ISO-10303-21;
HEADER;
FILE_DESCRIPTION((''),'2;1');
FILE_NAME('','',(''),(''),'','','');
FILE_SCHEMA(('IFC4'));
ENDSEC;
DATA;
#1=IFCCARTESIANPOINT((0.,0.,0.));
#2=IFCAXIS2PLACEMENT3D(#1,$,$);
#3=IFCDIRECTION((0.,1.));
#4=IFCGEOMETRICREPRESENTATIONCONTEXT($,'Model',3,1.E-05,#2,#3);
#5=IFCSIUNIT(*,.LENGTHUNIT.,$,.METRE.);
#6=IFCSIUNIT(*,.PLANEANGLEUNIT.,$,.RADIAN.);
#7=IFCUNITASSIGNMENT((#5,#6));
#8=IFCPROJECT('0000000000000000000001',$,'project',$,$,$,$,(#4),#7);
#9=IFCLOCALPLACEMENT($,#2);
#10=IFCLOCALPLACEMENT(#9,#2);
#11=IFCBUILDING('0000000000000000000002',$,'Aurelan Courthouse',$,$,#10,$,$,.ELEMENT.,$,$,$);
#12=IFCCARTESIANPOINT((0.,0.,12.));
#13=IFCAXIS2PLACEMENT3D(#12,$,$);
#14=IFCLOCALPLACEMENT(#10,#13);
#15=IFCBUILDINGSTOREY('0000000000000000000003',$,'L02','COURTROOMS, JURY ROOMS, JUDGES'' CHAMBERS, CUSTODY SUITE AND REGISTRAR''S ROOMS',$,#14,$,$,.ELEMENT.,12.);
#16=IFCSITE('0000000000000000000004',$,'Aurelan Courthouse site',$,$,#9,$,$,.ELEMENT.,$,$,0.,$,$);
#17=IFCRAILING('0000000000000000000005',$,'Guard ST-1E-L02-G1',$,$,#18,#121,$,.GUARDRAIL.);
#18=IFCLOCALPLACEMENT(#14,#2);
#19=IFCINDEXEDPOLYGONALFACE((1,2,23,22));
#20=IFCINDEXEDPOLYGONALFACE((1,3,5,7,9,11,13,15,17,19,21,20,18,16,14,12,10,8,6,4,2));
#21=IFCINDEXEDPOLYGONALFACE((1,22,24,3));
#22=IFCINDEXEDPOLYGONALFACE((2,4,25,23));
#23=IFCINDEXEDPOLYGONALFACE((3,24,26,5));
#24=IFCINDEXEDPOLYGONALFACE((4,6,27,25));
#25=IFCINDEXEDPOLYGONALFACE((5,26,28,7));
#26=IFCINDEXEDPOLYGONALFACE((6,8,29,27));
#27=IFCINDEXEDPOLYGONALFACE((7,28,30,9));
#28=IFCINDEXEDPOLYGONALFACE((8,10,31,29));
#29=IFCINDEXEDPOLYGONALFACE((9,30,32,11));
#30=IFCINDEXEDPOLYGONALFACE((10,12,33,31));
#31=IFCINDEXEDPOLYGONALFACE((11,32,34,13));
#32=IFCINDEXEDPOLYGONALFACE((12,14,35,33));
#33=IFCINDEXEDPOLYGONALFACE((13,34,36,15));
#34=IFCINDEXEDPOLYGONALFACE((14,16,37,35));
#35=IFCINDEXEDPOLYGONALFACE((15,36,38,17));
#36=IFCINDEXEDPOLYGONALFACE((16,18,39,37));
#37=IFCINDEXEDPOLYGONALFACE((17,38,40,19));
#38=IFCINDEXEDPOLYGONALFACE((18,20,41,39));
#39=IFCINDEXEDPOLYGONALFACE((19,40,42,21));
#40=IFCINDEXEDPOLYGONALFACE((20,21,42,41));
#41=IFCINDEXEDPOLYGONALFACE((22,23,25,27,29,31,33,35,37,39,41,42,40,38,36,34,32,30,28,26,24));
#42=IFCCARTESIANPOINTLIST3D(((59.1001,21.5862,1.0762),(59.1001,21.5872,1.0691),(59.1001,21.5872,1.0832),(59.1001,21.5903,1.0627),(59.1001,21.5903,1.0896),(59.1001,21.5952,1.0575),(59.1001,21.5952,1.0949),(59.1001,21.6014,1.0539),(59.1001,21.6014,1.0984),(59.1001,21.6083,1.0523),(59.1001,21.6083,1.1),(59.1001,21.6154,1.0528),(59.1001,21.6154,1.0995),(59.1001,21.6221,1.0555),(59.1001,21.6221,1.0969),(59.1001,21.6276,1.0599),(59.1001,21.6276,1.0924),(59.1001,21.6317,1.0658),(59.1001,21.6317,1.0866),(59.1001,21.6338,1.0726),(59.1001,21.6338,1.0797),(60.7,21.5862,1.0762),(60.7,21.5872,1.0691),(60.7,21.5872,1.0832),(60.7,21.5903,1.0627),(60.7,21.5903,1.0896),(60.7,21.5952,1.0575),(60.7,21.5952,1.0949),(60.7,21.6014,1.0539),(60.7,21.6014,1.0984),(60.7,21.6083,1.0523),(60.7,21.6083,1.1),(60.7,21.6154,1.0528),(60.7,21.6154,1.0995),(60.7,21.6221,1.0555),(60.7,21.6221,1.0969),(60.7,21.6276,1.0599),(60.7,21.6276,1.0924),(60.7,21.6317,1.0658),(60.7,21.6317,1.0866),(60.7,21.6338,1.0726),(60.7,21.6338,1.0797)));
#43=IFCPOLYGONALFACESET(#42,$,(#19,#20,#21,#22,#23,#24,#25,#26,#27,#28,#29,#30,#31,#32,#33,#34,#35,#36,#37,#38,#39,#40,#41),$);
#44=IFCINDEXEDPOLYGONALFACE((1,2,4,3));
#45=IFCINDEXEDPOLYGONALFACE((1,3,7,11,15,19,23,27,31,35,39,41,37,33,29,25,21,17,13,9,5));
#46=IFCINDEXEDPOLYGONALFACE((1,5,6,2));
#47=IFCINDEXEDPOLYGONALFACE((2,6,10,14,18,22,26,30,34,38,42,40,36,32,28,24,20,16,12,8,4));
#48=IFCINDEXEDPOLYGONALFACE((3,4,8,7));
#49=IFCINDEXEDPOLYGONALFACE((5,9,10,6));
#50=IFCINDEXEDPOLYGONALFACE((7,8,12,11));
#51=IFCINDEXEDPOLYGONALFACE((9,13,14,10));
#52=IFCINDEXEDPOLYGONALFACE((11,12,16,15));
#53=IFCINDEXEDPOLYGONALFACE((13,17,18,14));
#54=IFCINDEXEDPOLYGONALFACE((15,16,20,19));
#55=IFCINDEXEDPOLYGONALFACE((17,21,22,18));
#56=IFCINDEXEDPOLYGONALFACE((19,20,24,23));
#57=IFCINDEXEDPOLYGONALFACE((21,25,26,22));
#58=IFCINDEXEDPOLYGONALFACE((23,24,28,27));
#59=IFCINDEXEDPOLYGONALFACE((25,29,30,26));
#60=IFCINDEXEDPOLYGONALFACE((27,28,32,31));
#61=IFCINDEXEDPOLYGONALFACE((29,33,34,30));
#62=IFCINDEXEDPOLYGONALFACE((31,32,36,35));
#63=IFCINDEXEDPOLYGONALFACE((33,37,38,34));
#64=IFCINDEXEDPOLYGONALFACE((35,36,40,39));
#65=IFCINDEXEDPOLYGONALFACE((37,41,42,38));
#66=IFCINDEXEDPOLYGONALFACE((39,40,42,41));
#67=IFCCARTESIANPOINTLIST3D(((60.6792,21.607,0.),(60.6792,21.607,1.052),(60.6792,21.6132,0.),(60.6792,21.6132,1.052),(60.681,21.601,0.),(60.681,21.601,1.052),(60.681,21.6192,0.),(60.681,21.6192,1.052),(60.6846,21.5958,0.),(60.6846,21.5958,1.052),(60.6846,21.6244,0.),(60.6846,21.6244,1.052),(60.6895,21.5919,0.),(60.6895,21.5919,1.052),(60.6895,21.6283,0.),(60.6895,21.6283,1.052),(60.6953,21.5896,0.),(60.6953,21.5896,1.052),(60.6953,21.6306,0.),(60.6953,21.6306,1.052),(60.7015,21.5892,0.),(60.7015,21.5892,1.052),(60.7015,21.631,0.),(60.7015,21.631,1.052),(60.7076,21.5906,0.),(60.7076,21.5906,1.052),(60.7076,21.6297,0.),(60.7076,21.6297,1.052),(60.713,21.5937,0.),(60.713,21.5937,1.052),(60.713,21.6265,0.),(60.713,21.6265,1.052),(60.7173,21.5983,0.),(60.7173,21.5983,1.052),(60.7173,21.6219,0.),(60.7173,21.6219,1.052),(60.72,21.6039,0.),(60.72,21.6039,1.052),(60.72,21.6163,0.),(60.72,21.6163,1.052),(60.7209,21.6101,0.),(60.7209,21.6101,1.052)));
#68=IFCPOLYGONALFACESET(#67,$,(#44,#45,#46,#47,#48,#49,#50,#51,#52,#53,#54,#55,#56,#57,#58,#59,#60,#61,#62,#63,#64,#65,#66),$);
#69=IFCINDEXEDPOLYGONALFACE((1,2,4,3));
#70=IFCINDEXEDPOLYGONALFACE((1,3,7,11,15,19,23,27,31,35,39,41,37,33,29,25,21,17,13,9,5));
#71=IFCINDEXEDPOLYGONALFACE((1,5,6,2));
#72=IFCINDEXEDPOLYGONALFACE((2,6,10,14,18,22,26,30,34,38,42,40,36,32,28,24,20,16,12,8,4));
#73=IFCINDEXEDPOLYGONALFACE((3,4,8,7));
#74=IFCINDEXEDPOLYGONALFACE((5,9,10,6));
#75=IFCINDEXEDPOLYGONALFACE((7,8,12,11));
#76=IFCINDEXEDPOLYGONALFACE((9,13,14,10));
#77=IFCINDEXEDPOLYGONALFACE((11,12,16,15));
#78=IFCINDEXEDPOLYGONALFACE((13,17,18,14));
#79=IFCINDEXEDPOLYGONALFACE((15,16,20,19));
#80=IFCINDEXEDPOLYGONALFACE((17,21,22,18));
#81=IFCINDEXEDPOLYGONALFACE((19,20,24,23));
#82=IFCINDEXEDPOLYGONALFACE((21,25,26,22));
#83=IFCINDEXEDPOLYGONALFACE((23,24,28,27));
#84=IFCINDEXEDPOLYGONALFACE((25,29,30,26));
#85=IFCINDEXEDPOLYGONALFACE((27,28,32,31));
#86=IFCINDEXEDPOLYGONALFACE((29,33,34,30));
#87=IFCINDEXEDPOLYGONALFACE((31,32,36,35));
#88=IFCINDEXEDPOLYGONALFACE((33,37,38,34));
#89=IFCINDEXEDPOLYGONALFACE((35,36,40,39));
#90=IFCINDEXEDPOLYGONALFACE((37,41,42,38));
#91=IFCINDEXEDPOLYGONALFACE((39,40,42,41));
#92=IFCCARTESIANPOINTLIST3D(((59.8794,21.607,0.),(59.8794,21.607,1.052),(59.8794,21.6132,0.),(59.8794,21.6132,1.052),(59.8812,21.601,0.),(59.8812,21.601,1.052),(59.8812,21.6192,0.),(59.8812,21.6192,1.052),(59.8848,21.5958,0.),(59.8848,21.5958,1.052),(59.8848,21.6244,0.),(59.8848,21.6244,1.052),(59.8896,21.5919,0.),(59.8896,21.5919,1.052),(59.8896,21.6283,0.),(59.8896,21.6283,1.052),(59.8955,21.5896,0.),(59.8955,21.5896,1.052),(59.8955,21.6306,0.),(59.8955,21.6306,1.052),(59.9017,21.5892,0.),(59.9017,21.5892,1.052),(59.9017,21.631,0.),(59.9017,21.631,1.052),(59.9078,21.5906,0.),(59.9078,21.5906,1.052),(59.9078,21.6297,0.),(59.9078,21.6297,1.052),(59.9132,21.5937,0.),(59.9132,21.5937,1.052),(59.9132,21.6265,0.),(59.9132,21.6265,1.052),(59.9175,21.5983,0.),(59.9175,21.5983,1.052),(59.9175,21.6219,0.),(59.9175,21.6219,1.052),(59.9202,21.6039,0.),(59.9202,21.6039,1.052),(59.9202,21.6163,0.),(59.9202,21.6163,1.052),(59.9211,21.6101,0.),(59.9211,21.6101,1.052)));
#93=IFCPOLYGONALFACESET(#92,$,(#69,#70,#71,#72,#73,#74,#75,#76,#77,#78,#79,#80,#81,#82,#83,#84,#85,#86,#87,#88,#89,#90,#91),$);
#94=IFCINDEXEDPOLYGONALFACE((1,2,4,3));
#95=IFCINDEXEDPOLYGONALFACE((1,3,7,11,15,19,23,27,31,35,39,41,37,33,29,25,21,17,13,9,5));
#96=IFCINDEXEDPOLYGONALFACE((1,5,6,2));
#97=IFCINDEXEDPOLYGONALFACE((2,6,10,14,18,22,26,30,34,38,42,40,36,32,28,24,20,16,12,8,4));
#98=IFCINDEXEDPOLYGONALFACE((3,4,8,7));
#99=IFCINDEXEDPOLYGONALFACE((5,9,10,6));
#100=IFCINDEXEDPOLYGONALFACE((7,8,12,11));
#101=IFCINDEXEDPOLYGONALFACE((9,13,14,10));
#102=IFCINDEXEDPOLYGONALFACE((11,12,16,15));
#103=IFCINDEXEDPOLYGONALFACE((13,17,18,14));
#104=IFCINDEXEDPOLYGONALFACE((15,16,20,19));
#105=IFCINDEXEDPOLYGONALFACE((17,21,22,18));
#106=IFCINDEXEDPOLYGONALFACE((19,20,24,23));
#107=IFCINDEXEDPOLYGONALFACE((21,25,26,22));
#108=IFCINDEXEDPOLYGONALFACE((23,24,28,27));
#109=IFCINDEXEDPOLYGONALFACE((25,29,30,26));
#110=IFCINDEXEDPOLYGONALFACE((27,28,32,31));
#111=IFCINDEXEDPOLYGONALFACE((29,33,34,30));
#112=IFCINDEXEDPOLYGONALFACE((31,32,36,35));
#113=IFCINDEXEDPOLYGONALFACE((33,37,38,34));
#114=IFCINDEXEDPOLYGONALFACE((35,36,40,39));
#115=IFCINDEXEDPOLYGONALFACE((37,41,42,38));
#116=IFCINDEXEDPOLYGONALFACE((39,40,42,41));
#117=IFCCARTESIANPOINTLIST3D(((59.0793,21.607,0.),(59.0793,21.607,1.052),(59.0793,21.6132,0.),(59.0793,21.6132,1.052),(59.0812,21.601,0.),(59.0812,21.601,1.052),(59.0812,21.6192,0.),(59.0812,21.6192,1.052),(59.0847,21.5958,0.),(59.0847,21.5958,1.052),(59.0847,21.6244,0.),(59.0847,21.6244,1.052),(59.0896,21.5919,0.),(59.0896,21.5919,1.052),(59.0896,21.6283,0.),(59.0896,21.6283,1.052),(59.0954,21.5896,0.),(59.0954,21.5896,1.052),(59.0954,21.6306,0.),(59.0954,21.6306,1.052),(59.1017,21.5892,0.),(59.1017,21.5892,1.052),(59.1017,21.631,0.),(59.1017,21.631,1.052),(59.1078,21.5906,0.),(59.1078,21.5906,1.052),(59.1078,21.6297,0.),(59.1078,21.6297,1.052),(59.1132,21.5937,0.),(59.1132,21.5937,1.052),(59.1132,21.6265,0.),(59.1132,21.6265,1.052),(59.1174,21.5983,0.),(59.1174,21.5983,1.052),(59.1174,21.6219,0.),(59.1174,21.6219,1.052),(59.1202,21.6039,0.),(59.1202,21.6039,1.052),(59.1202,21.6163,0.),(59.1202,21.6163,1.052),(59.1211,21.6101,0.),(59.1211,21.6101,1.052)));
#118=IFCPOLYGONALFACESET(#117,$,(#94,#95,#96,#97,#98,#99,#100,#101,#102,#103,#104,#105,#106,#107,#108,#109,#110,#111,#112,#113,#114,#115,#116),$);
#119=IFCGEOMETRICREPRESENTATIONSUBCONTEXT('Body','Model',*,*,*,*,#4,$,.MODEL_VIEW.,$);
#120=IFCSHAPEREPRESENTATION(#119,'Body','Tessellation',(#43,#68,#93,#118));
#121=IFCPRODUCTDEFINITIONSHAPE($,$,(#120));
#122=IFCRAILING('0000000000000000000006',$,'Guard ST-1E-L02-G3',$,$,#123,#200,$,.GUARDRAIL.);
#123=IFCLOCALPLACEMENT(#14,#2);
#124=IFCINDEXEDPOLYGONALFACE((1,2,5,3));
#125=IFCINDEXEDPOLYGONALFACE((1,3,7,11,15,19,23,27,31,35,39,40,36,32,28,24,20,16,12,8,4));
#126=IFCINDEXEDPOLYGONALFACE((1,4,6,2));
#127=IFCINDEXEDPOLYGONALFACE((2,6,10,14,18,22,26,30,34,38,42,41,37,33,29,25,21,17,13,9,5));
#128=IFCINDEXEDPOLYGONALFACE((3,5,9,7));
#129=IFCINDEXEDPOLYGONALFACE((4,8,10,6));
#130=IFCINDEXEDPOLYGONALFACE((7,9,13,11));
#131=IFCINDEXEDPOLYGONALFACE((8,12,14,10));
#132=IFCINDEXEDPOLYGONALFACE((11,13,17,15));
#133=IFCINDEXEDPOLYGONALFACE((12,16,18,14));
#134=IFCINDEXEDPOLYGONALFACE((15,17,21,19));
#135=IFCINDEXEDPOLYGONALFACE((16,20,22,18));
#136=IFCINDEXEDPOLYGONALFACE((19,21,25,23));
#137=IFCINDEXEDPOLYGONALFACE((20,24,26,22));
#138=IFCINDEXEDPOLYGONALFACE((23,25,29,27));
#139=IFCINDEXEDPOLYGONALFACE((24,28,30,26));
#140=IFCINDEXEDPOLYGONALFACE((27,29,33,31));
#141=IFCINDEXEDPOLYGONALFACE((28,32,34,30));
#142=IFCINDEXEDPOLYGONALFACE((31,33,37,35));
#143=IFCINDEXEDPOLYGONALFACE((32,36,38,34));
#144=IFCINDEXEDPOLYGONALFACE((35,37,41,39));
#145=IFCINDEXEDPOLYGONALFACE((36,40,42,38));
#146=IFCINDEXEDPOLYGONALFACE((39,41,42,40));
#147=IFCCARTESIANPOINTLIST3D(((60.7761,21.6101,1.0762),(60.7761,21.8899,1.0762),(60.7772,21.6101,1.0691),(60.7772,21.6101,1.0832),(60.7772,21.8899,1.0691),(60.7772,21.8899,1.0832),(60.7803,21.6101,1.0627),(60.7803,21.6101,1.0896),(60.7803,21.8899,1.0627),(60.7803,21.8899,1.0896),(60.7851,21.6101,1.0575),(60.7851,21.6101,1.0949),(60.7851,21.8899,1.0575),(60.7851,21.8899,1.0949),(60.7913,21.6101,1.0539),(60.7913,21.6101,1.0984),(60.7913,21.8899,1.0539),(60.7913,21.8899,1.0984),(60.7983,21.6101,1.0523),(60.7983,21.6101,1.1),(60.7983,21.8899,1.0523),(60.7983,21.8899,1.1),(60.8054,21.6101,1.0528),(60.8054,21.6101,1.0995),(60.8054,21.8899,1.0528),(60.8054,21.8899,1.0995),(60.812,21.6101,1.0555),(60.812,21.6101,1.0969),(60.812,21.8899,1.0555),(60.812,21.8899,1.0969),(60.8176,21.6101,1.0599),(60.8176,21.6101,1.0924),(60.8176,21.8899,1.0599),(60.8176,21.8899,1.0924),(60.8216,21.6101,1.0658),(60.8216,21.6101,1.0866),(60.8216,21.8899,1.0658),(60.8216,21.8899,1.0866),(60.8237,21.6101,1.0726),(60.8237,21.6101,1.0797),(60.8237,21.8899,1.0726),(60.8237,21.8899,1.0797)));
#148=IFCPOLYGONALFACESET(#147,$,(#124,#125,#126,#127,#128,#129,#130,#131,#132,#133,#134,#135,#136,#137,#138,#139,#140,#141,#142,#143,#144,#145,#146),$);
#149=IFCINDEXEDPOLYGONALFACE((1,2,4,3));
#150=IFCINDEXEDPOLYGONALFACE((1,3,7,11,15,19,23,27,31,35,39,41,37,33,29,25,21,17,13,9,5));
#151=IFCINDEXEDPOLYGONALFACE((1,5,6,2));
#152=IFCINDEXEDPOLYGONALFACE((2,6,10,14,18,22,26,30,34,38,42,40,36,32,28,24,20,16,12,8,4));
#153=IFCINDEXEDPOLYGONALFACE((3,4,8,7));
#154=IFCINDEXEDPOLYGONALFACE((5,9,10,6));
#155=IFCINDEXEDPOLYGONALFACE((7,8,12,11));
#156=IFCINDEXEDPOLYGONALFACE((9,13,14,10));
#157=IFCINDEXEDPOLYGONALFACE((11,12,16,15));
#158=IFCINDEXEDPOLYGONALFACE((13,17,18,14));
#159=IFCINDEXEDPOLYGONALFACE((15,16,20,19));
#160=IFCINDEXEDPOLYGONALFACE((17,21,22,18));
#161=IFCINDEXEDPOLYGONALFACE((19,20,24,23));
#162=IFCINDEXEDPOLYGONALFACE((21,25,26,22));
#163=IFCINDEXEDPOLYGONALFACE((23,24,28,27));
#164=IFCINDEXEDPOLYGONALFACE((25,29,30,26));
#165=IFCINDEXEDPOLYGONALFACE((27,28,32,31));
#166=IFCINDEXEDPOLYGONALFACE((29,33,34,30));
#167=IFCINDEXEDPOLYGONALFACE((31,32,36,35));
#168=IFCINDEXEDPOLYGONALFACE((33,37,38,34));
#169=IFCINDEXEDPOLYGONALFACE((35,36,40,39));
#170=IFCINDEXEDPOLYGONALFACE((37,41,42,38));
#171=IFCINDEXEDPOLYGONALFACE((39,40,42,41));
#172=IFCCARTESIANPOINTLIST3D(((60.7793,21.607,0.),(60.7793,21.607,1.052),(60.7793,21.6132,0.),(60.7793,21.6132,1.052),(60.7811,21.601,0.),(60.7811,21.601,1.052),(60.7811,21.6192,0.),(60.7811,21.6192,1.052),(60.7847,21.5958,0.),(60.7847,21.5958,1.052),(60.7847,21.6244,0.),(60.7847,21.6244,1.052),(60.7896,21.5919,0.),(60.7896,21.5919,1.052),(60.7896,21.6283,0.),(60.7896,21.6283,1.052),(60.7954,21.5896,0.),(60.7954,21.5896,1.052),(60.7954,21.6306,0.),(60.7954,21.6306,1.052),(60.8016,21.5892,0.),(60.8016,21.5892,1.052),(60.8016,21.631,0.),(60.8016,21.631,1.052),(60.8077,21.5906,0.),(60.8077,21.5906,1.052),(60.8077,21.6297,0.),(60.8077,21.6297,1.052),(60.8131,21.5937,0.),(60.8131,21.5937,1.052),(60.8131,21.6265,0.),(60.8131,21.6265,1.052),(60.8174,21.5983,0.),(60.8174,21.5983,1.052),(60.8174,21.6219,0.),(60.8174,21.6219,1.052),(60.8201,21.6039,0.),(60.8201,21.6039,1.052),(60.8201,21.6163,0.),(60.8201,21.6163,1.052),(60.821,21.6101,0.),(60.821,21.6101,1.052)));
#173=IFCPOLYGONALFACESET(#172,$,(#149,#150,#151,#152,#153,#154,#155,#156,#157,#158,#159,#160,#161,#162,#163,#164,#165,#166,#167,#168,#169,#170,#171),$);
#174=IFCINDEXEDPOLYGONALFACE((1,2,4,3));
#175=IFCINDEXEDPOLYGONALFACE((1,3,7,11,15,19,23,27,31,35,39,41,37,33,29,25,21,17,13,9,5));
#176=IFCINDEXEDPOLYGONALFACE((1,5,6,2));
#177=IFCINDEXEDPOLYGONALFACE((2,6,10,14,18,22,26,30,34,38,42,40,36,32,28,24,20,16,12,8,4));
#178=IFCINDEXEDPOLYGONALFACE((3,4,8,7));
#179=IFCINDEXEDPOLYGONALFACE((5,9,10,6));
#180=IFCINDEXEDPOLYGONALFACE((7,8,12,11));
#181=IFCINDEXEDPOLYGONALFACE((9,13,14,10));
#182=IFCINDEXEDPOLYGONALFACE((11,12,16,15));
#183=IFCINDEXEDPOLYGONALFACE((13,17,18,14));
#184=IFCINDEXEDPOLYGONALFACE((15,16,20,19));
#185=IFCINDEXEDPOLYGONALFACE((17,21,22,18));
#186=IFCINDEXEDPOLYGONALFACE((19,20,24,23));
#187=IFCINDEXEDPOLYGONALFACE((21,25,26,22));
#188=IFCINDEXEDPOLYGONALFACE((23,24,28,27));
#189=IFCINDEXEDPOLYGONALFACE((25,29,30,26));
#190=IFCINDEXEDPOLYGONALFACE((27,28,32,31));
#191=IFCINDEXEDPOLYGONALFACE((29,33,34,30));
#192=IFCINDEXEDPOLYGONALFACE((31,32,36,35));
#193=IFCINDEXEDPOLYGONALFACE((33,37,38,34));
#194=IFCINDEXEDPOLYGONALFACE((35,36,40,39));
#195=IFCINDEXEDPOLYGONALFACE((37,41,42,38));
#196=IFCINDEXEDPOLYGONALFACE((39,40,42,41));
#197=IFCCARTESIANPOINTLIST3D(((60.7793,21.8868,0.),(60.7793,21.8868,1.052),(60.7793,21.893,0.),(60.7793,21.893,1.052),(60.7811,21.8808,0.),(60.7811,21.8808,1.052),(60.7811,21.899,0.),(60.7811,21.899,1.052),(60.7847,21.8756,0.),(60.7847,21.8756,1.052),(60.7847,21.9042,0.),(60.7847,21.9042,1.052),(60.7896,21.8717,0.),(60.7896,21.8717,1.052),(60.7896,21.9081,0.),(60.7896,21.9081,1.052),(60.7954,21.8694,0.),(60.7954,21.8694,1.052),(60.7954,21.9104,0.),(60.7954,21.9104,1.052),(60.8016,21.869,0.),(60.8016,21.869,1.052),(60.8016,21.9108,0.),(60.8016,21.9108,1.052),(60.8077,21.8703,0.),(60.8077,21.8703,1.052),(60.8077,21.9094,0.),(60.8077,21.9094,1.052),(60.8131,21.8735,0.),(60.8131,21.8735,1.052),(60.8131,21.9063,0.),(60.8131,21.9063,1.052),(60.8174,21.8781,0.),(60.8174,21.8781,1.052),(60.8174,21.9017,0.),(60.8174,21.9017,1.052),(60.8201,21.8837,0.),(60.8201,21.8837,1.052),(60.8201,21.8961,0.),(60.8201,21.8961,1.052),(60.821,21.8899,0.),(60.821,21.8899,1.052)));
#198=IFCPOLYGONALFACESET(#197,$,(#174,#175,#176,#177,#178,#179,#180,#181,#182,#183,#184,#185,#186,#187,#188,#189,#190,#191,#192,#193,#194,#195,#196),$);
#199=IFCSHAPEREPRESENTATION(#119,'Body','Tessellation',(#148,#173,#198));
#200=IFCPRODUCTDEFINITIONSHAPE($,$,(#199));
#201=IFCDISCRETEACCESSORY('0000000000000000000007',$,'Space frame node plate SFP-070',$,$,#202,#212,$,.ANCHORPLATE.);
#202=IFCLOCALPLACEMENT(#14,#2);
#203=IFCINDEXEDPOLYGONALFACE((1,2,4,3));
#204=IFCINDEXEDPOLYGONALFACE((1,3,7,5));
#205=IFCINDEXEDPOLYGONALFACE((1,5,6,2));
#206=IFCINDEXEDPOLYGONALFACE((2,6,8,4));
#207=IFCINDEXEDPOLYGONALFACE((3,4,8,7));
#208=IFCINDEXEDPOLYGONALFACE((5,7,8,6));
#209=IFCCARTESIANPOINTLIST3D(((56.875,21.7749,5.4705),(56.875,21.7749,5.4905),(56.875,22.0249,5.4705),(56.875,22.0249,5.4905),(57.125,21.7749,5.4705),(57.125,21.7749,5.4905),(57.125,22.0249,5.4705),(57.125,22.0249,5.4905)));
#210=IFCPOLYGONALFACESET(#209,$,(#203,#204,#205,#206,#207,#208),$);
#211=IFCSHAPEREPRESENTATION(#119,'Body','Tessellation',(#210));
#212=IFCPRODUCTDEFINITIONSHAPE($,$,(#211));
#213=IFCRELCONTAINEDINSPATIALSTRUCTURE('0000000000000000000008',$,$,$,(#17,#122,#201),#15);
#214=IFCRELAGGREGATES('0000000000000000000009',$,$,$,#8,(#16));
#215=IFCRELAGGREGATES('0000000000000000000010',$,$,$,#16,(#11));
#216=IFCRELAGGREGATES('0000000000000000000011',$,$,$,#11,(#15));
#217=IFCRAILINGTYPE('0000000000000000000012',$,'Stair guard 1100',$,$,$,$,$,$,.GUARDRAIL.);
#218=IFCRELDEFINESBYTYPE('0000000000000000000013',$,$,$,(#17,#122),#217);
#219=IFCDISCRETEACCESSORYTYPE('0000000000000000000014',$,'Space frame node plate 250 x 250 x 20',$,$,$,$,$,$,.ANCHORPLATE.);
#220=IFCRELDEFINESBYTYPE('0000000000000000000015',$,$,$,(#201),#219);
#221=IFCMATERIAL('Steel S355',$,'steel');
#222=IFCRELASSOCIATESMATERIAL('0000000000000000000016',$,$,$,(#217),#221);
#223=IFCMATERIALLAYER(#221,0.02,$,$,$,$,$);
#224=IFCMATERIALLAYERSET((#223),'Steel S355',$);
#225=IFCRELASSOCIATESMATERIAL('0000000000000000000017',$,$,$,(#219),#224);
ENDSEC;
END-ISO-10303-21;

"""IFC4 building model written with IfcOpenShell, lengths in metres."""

from ifc_helpers import new_model, si_unit, direction, frame, origin, origin_2d, place, context, subcontext, project, spatial, rectangle, circle, extrude, material, layer, layer_set, type_object, element, save


model = new_model("IFC4")

# Units and contexts
model_context = context("Model", 3, precision=1e-05, world=origin(), true_north=direction((0.0, 1.0)))
body_context = subcontext(model_context, "Body", "Model", "MODEL_VIEW")
ifc_project = project(units=[si_unit("LENGTHUNIT", "METRE"), si_unit("PLANEANGLEUNIT", "RADIAN")], contexts=[model_context])

# Site, building, storey
site_placement = place(None, origin())
site = spatial("IfcSite", under=ifc_project, at=site_placement, Name="Aurelan Courthouse site", CompositionType="ELEMENT", RefElevation=0.0)
building_placement = place(site_placement, origin())
building = spatial("IfcBuilding", under=site, at=building_placement, Name="Aurelan Courthouse", CompositionType="ELEMENT")
storey_placement = place(building_placement, frame((0.0, 0.0, 12.0)))
storey = spatial("IfcBuildingStorey", under=building, at=storey_placement, Name="L02", Description="COURTROOMS, JURY ROOMS, JUDGES' CHAMBERS, CUSTODY SUITE AND REGISTRAR'S ROOMS", CompositionType="ELEMENT", Elevation=12.0)

# Shared definitions
ifc_material_1 = material(Name="Steel S355", Category="steel")

# Railings
railing_type = type_object("IfcRailingType", Name="Stair guard 1100", PredefinedType="GUARDRAIL", material=ifc_material_1)
railing_1_placement = place(storey_placement, frame((60.7, 21.6101, 0.0)))
element("IfcRailing", 1, at=railing_1_placement, inside=storey, type_object=railing_type, Name="Guard ST-1E-L02-G1", PredefinedType="GUARDRAIL", context=body_context, shape_type="SweptSolid", body=[
    extrude(circle(Radius=0.0239, at=origin_2d()), frame((0.0, 0.0, 1.0762), z_axis=(-1.0, 0.0, 0.0), x_axis=(0.0, -1.0, 0.0)), (0.0, 0.0, 1.0), 1.5999),
    extrude(circle(Radius=0.021, at=origin_2d()), origin(), (0.0, 0.0, 1.0), 1.052),
    extrude(circle(Radius=0.021, at=origin_2d()), frame((-0.7998, 0.0, 0.0)), (0.0, 0.0, 1.0), 1.052),
    extrude(circle(Radius=0.021, at=origin_2d()), frame((-1.5999, 0.0, 0.0)), (0.0, 0.0, 1.0), 1.052),
])
railing_2_placement = place(storey_placement, frame((60.8, 21.6101, 0.0)))
element("IfcRailing", 2, at=railing_2_placement, inside=storey, type_object=railing_type, Name="Guard ST-1E-L02-G3", PredefinedType="GUARDRAIL", context=body_context, shape_type="SweptSolid", body=[
    extrude(circle(Radius=0.0239, at=origin_2d()), frame((0.0, 0.0, 1.0762), z_axis=(0.0, 1.0, 0.0), x_axis=(-1.0, 0.0, 0.0)), (0.0, 0.0, 1.0), 0.2798),
    extrude(circle(Radius=0.021, at=origin_2d()), origin(), (0.0, 0.0, 1.0), 1.052),
    extrude(circle(Radius=0.021, at=origin_2d()), frame((0.0, 0.2798, 0.0)), (0.0, 0.0, 1.0), 1.052),
])

# Discrete accessory
ifc_layer_1 = layer(ifc_material_1, 0.02)
ifc_layer_set_1 = layer_set([ifc_layer_1], Name="Steel S355")
discrete_accessory_type_1 = type_object("IfcDiscreteAccessoryType", Name="Space frame node plate 250 x 250 x 20", PredefinedType="ANCHORPLATE", material=ifc_layer_set_1)
for number, where, z_axis, x_axis, name in (
    (3, (57.0, 21.8999, 5.4705), (0.0, 0.0, 1.0), (1.0, 0.0, 0.0), "Space frame node plate SFP-070"),
):
    element("IfcDiscreteAccessory", number, at=place(storey_placement, frame(where, z_axis=z_axis, x_axis=x_axis)), inside=storey, type_object=discrete_accessory_type_1, Name=name, PredefinedType="ANCHORPLATE", context=body_context, shape_type="SweptSolid", body=[
        extrude(rectangle(XDim=0.25, YDim=0.25, at=origin_2d()), origin(), (0.0, 0.0, 1.0), 0.02),
    ])

save(model, "model.ifc")
